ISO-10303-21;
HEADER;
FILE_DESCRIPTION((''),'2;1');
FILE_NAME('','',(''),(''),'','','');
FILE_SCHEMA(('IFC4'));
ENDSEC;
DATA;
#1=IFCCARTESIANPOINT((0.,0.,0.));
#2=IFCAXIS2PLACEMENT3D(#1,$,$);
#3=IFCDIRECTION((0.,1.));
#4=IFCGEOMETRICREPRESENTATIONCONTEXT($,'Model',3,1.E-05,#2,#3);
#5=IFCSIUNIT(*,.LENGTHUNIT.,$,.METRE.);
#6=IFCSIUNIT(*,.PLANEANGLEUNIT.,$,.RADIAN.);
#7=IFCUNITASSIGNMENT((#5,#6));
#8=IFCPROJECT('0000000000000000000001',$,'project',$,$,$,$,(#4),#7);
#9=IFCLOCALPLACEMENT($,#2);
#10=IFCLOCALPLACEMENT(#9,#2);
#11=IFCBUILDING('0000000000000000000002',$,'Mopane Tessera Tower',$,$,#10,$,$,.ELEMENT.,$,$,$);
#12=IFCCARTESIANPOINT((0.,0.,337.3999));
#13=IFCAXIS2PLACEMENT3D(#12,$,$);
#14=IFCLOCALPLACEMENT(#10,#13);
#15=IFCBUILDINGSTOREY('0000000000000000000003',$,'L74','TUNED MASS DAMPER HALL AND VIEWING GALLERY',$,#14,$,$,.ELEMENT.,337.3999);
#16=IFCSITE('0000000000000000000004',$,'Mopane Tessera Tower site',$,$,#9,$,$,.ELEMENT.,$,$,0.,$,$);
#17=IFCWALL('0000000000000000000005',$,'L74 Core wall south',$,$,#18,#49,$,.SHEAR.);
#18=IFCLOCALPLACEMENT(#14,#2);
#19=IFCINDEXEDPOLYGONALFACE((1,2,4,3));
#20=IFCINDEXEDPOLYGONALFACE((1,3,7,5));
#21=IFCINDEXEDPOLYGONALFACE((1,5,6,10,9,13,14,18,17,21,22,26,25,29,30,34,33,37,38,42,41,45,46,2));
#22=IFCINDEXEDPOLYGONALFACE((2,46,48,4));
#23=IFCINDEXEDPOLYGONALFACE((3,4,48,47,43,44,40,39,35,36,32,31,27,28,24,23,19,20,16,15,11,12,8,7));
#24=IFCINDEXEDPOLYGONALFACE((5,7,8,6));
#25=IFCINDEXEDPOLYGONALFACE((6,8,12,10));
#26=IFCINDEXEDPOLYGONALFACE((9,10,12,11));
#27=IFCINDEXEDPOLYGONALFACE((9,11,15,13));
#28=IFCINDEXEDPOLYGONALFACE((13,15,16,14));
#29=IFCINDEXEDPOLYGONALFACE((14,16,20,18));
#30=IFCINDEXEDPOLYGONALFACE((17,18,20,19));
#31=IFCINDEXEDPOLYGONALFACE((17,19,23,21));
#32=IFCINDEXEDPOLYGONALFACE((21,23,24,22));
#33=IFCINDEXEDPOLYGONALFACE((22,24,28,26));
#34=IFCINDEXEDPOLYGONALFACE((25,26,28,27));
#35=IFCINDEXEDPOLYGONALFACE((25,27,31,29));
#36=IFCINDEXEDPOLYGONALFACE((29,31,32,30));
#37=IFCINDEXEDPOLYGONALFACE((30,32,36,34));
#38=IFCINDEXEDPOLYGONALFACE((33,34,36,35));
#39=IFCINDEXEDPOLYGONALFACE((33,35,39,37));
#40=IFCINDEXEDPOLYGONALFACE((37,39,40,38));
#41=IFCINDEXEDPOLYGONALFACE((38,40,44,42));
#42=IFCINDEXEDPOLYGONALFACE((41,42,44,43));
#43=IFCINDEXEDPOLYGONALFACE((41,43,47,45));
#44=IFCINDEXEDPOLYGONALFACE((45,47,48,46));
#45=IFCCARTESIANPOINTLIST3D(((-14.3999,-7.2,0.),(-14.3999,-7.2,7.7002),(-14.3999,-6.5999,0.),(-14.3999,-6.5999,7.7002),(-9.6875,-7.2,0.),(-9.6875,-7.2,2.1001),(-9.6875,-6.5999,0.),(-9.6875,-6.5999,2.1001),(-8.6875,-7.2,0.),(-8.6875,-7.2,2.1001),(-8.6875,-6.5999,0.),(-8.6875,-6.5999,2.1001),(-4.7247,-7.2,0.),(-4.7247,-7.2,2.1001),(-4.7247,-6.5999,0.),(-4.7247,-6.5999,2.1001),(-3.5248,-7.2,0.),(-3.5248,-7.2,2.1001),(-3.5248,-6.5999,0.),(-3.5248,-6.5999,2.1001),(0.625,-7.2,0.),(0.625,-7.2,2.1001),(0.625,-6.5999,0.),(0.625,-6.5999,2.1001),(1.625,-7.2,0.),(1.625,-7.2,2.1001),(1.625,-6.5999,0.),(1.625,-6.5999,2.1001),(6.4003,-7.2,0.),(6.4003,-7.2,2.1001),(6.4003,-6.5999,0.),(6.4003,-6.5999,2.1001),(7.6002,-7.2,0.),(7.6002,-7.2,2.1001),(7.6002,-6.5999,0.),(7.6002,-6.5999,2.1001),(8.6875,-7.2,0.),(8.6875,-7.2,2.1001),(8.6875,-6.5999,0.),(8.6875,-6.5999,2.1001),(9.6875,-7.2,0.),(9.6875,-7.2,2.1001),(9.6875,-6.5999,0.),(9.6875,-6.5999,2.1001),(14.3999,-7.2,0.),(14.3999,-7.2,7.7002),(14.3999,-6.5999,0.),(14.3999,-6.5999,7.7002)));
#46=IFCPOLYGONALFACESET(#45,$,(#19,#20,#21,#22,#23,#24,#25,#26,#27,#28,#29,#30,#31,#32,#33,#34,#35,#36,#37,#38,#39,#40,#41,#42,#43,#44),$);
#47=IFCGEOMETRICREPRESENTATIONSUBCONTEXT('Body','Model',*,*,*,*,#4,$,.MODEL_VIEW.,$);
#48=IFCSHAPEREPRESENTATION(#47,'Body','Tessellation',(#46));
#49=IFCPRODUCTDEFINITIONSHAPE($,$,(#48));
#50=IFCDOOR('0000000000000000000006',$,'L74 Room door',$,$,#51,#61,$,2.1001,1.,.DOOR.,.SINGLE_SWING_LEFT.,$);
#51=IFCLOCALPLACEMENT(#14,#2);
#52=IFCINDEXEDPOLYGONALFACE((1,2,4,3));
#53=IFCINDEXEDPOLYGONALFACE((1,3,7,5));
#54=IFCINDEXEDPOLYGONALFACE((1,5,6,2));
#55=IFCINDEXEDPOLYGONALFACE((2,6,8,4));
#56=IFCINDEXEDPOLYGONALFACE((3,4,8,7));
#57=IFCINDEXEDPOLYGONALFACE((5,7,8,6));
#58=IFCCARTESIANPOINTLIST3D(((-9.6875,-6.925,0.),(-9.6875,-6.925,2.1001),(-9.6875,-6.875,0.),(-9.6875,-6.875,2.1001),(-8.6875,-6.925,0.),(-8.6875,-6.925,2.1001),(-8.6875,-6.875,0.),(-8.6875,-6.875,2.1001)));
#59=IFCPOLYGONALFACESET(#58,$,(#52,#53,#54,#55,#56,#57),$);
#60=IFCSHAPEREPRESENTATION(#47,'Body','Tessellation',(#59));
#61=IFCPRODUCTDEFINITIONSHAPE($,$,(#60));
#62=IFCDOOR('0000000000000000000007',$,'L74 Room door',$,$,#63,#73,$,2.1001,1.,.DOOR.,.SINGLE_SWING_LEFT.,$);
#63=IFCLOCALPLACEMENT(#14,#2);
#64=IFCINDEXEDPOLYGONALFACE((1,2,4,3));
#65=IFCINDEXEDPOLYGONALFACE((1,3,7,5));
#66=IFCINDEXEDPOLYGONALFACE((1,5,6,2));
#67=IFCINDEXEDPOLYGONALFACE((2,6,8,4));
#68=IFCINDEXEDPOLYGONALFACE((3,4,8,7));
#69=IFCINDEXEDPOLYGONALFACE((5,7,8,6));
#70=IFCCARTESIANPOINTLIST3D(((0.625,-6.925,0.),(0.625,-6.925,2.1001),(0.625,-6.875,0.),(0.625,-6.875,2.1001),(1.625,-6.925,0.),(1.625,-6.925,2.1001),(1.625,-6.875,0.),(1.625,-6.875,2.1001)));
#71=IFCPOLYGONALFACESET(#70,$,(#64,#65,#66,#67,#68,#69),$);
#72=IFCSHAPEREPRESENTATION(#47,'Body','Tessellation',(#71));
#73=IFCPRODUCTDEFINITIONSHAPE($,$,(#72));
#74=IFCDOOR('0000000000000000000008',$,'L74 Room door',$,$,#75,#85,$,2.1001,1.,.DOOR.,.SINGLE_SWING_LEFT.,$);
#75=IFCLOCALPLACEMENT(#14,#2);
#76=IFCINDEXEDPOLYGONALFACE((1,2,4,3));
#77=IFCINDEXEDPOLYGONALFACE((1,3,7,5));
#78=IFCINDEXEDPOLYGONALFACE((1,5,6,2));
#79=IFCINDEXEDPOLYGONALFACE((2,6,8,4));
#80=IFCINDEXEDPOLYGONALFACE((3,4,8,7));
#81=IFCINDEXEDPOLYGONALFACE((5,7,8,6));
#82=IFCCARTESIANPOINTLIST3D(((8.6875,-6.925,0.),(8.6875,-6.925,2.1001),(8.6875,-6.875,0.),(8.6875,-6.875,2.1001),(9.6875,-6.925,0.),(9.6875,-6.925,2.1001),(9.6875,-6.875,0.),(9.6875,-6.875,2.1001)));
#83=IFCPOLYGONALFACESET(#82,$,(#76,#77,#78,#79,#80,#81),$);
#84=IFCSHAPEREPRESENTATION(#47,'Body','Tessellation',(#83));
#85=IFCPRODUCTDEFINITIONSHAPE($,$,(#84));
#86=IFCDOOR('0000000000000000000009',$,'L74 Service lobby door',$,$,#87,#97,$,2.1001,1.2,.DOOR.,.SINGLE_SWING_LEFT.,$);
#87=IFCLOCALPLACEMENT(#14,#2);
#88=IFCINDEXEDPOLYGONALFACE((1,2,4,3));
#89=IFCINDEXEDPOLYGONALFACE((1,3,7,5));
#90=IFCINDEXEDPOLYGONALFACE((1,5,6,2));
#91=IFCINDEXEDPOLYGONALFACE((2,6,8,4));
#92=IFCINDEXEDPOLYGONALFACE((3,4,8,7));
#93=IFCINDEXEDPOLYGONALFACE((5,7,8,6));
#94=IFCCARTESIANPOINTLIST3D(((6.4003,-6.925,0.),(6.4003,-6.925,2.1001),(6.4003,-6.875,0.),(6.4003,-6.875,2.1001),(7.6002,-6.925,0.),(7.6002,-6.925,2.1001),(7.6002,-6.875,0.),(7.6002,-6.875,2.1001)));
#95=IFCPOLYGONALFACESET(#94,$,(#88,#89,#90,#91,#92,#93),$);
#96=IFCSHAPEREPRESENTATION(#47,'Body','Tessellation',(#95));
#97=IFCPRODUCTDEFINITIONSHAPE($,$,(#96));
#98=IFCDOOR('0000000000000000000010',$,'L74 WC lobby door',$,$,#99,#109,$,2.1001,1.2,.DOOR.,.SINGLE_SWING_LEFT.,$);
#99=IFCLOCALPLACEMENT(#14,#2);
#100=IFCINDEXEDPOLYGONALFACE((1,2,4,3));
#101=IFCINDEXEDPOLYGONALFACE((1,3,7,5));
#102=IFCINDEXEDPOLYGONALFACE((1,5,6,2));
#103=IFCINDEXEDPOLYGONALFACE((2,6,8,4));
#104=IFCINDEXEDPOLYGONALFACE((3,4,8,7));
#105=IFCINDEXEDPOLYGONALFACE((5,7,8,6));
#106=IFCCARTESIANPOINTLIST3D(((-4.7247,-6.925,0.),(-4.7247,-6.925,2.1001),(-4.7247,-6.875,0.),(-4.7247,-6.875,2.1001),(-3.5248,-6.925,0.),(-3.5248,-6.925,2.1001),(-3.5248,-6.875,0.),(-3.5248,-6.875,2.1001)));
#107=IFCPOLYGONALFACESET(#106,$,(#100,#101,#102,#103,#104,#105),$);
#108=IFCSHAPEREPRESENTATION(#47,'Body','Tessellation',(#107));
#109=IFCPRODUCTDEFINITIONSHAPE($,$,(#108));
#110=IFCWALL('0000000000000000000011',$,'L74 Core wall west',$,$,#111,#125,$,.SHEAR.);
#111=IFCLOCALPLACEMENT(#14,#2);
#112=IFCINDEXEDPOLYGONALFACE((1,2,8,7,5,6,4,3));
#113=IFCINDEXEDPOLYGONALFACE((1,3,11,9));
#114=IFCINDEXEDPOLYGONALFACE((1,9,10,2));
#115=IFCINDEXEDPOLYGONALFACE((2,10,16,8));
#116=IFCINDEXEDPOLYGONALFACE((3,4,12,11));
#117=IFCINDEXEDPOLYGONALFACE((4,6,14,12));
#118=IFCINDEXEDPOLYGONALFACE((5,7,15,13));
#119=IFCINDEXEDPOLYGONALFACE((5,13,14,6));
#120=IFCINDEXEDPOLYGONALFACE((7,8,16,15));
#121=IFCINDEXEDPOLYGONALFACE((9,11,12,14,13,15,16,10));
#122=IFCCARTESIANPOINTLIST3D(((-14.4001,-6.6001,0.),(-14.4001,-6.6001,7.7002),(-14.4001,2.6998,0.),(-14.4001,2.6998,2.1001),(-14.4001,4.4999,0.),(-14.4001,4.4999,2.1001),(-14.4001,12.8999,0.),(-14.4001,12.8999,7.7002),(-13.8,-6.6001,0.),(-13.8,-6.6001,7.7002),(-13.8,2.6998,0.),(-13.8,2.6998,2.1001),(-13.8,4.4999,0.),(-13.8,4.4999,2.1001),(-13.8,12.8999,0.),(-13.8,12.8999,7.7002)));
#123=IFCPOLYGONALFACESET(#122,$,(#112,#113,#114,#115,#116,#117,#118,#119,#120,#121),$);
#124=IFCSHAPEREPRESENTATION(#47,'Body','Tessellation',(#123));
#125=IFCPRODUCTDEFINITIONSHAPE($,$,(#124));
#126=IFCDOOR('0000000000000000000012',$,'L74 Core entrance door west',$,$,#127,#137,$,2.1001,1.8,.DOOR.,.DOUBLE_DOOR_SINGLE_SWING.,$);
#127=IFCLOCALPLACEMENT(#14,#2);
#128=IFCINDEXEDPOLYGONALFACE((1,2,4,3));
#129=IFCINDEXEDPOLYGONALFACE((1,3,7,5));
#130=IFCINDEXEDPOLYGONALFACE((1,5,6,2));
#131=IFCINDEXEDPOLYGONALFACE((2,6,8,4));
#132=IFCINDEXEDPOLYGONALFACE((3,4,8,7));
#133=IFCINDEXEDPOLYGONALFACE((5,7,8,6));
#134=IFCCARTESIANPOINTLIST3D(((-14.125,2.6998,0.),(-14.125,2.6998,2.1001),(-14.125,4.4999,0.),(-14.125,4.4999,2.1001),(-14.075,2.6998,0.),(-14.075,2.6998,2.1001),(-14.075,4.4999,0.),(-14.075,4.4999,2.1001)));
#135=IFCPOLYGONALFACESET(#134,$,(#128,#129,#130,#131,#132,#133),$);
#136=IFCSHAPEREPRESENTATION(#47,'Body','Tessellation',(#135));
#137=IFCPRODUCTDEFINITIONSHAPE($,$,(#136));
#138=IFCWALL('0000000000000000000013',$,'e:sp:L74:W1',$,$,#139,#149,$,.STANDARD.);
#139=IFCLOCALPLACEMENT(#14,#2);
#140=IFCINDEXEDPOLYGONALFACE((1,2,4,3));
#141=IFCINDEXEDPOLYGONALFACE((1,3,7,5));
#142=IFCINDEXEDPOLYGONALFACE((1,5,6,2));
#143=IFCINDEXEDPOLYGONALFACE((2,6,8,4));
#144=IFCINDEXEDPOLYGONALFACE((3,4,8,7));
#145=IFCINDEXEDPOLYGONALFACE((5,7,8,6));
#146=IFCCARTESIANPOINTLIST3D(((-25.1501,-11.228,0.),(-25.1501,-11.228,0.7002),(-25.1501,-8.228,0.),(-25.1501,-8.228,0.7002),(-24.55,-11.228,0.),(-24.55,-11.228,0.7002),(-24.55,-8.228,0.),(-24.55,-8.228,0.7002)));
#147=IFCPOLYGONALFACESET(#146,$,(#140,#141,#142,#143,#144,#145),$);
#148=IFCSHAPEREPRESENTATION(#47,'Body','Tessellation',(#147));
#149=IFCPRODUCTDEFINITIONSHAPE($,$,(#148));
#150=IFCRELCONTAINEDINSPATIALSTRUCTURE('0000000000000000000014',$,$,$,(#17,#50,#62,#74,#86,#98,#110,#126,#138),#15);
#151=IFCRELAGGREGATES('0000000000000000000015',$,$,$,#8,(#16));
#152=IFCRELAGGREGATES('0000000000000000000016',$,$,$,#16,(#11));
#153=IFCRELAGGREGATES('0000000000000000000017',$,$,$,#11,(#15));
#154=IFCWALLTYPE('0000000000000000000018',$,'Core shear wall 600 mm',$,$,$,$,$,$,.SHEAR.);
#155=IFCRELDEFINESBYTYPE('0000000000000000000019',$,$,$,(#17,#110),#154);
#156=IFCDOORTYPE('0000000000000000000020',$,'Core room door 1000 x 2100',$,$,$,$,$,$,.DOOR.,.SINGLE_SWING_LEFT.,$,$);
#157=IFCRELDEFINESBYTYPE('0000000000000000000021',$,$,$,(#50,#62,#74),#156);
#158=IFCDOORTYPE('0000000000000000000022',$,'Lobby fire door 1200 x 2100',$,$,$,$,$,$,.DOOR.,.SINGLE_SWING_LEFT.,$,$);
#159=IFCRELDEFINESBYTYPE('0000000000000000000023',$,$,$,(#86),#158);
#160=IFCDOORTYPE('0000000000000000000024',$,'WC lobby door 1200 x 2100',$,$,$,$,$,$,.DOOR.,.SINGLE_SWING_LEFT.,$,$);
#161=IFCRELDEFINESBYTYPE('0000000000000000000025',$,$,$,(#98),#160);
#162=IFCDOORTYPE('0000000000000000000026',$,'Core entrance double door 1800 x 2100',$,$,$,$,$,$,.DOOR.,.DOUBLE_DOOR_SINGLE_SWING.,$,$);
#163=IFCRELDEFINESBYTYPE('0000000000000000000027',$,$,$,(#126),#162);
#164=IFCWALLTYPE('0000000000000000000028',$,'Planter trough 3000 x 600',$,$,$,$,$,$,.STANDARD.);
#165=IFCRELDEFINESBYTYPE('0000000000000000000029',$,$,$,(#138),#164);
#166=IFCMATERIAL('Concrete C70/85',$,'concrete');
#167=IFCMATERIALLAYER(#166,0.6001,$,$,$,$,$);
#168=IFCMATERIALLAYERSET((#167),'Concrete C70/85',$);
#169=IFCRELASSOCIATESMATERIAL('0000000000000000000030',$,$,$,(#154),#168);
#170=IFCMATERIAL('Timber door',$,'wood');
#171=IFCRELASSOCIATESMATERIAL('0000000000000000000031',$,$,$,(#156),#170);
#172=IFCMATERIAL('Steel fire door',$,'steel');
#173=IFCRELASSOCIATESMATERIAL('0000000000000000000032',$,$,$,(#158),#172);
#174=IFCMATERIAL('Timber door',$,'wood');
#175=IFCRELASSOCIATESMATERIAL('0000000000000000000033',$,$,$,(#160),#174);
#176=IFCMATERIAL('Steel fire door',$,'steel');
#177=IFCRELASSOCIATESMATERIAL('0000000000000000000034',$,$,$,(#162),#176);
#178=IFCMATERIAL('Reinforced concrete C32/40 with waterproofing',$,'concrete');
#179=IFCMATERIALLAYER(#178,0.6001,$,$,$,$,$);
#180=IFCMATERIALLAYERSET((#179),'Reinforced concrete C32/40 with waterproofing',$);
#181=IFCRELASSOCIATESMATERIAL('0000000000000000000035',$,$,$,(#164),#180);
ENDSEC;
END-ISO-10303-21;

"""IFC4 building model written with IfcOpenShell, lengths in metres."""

from ifc_helpers import new_model, si_unit, direction, frame, frame_2d, origin, place, context, subcontext, project, spatial, rectangle, extrude, material, layer, layer_set, type_object, element, fill, save


model = new_model("IFC4")

# Units and contexts
model_context = context("Model", 3, precision=1e-05, world=origin(), true_north=direction((0.0, 1.0)))
body_context = subcontext(model_context, "Body", "Model", "MODEL_VIEW")
ifc_project = project(units=[si_unit("LENGTHUNIT", "METRE"), si_unit("PLANEANGLEUNIT", "RADIAN")], contexts=[model_context])

# Site, building, storey
site_placement = place(None, origin())
site = spatial("IfcSite", under=ifc_project, at=site_placement, Name="Mopane Tessera Tower site", CompositionType="ELEMENT", RefElevation=0.0)
building_placement = place(site_placement, origin())
building = spatial("IfcBuilding", under=site, at=building_placement, Name="Mopane Tessera Tower", CompositionType="ELEMENT")
storey_placement = place(building_placement, frame((0.0, 0.0, 337.3999)))
storey = spatial("IfcBuildingStorey", under=building, at=storey_placement, Name="L74", Description="TUNED MASS DAMPER HALL AND VIEWING GALLERY", CompositionType="ELEMENT", Elevation=337.3999)

# Wall, openings, doors
ifc_material_1 = material(Name="Concrete C70/85", Category="concrete")
ifc_layer_1 = layer(ifc_material_1, 0.6001)
ifc_layer_set_1 = layer_set([ifc_layer_1], Name="Concrete C70/85")
wall_type_1 = type_object("IfcWallType", Name="Core shear wall 600 mm", PredefinedType="SHEAR", material=ifc_layer_set_1)
wall_1_placement = place(storey_placement, frame((-14.3999, -6.8999, 0.0), z_axis=(0.0, 0.0, 1.0), x_axis=(1.0, 0.0, 0.0)))
wall_1 = element("IfcWall", 1, at=wall_1_placement, inside=storey, type_object=wall_type_1, Name="L74 Core wall south", PredefinedType="SHEAR", context=body_context, shape_type="SweptSolid", body=[
    extrude(rectangle(XDim=28.7998, YDim=0.6001, at=frame_2d((14.3999, 0.0))), origin(), (0.0, 0.0, 1.0), 7.7002),
])
opening_1_placement = place(wall_1_placement, frame((4.7124, 0.0, 0.0)))
opening_1 = element("IfcOpeningElement", 2, at=opening_1_placement, cuts=wall_1, PredefinedType="OPENING", context=body_context, shape_type="SweptSolid", body=[
    extrude(rectangle(XDim=1.0, YDim=2.1001, at=frame_2d((0.5, 1.05))), frame((0.0, 0.312, 0.0), z_axis=(0.0, -1.0, 0.0), x_axis=(1.0, 0.0, 0.0)), (0.0, 0.0, 1.0), 0.624),
])
opening_2_placement = place(wall_1_placement, frame((9.675, 0.0, 0.0)))
opening_2 = element("IfcOpeningElement", 3, at=opening_2_placement, cuts=wall_1, PredefinedType="OPENING", context=body_context, shape_type="SweptSolid", body=[
    extrude(rectangle(XDim=1.2, YDim=2.1001, at=frame_2d((0.6001, 1.05))), frame((0.0, 0.312, 0.0), z_axis=(0.0, -1.0, 0.0), x_axis=(1.0, 0.0, 0.0)), (0.0, 0.0, 1.0), 0.624),
])
opening_3_placement = place(wall_1_placement, frame((15.0249, 0.0, 0.0)))
opening_3 = element("IfcOpeningElement", 4, at=opening_3_placement, cuts=wall_1, PredefinedType="OPENING", context=body_context, shape_type="SweptSolid", body=[
    extrude(rectangle(XDim=1.0, YDim=2.1001, at=frame_2d((0.5, 1.05))), frame((0.0, 0.312, 0.0), z_axis=(0.0, -1.0, 0.0), x_axis=(1.0, 0.0, 0.0)), (0.0, 0.0, 1.0), 0.624),
])
opening_4_placement = place(wall_1_placement, frame((20.8, 0.0, 0.0)))
opening_4 = element("IfcOpeningElement", 5, at=opening_4_placement, cuts=wall_1, PredefinedType="OPENING", context=body_context, shape_type="SweptSolid", body=[
    extrude(rectangle(XDim=1.2, YDim=2.1001, at=frame_2d((0.6001, 1.05))), frame((0.0, 0.312, 0.0), z_axis=(0.0, -1.0, 0.0), x_axis=(1.0, 0.0, 0.0)), (0.0, 0.0, 1.0), 0.624),
])
opening_5_placement = place(wall_1_placement, frame((23.0874, 0.0, 0.0)))
opening_5 = element("IfcOpeningElement", 6, at=opening_5_placement, cuts=wall_1, PredefinedType="OPENING", context=body_context, shape_type="SweptSolid", body=[
    extrude(rectangle(XDim=1.0, YDim=2.1001, at=frame_2d((0.5, 1.05))), frame((0.0, 0.312, 0.0), z_axis=(0.0, -1.0, 0.0), x_axis=(1.0, 0.0, 0.0)), (0.0, 0.0, 1.0), 0.624),
])
ifc_material_2 = material(Name="Timber door", Category="wood")
door_type_1 = type_object("IfcDoorType", Name="Core room door 1000 x 2100", OperationType="SINGLE_SWING_LEFT", PredefinedType="DOOR", material=ifc_material_2)
door_1_placement = place(opening_1_placement, origin())
door_1 = element("IfcDoor", 7, at=door_1_placement, inside=storey, type_object=door_type_1, Name="L74 Room door", OperationType="SINGLE_SWING_LEFT", OverallHeight=2.1001, OverallWidth=1.0, PredefinedType="DOOR", context=body_context, shape_type="SweptSolid", body=[
    extrude(rectangle(XDim=1.0, YDim=2.1001, at=frame_2d((0.5, 1.05))), frame((0.0, 0.0249, 0.0), z_axis=(0.0, -1.0, 0.0), x_axis=(1.0, 0.0, 0.0)), (0.0, 0.0, 1.0), 0.05),
])
fill(opening_1, door_1)
door_2_placement = place(opening_3_placement, origin())
door_2 = element("IfcDoor", 8, at=door_2_placement, inside=storey, type_object=door_type_1, Name="L74 Room door", OperationType="SINGLE_SWING_LEFT", OverallHeight=2.1001, OverallWidth=1.0, PredefinedType="DOOR", context=body_context, shape_type="SweptSolid", body=[
    extrude(rectangle(XDim=1.0, YDim=2.1001, at=frame_2d((0.5, 1.05))), frame((0.0, 0.0249, 0.0), z_axis=(0.0, -1.0, 0.0), x_axis=(1.0, 0.0, 0.0)), (0.0, 0.0, 1.0), 0.05),
])
fill(opening_3, door_2)
door_3_placement = place(opening_5_placement, origin())
door_3 = element("IfcDoor", 9, at=door_3_placement, inside=storey, type_object=door_type_1, Name="L74 Room door", OperationType="SINGLE_SWING_LEFT", OverallHeight=2.1001, OverallWidth=1.0, PredefinedType="DOOR", context=body_context, shape_type="SweptSolid", body=[
    extrude(rectangle(XDim=1.0, YDim=2.1001, at=frame_2d((0.5, 1.05))), frame((0.0, 0.0249, 0.0), z_axis=(0.0, -1.0, 0.0), x_axis=(1.0, 0.0, 0.0)), (0.0, 0.0, 1.0), 0.05),
])
fill(opening_5, door_3)
ifc_material_3 = material(Name="Steel fire door", Category="steel")
door_type_2 = type_object("IfcDoorType", Name="Lobby fire door 1200 x 2100", OperationType="SINGLE_SWING_LEFT", PredefinedType="DOOR", material=ifc_material_3)
door_4_placement = place(opening_4_placement, origin())
door_4 = element("IfcDoor", 10, at=door_4_placement, inside=storey, type_object=door_type_2, Name="L74 Service lobby door", OperationType="SINGLE_SWING_LEFT", OverallHeight=2.1001, OverallWidth=1.2, PredefinedType="DOOR", context=body_context, shape_type="SweptSolid", body=[
    extrude(rectangle(XDim=1.2, YDim=2.1001, at=frame_2d((0.6001, 1.05))), frame((0.0, 0.0249, 0.0), z_axis=(0.0, -1.0, 0.0), x_axis=(1.0, 0.0, 0.0)), (0.0, 0.0, 1.0), 0.05),
])
fill(opening_4, door_4)
ifc_material_4 = material(Name="Timber door", Category="wood")
door_type_3 = type_object("IfcDoorType", Name="WC lobby door 1200 x 2100", OperationType="SINGLE_SWING_LEFT", PredefinedType="DOOR", material=ifc_material_4)
door_5_placement = place(opening_2_placement, origin())
door_5 = element("IfcDoor", 11, at=door_5_placement, inside=storey, type_object=door_type_3, Name="L74 WC lobby door", OperationType="SINGLE_SWING_LEFT", OverallHeight=2.1001, OverallWidth=1.2, PredefinedType="DOOR", context=body_context, shape_type="SweptSolid", body=[
    extrude(rectangle(XDim=1.2, YDim=2.1001, at=frame_2d((0.6001, 1.05))), frame((0.0, 0.0249, 0.0), z_axis=(0.0, -1.0, 0.0), x_axis=(1.0, 0.0, 0.0)), (0.0, 0.0, 1.0), 0.05),
])
fill(opening_2, door_5)

# Wall, opening, door
wall_2_placement = place(storey_placement, frame((-14.1001, -6.6001, 0.0), z_axis=(0.0, 0.0, 1.0), x_axis=(0.0, 1.0, 0.0)))
wall_2 = element("IfcWall", 12, at=wall_2_placement, inside=storey, type_object=wall_type_1, Name="L74 Core wall west", PredefinedType="SHEAR", context=body_context, shape_type="SweptSolid", body=[
    extrude(rectangle(XDim=19.5, YDim=0.6001, at=frame_2d((9.75, 0.0))), origin(), (0.0, 0.0, 1.0), 7.7002),
])
opening_6_placement = place(wall_2_placement, frame((9.3, 0.0, 0.0)))
opening_6 = element("IfcOpeningElement", 13, at=opening_6_placement, cuts=wall_2, PredefinedType="OPENING", context=body_context, shape_type="SweptSolid", body=[
    extrude(rectangle(XDim=1.8, YDim=2.1001, at=frame_2d((0.8999, 1.05))), frame((0.0, 0.312, 0.0), z_axis=(0.0, -1.0, 0.0), x_axis=(1.0, 0.0, 0.0)), (0.0, 0.0, 1.0), 0.624),
])
ifc_material_5 = material(Name="Steel fire door", Category="steel")
door_type_4 = type_object("IfcDoorType", Name="Core entrance double door 1800 x 2100", OperationType="DOUBLE_DOOR_SINGLE_SWING", PredefinedType="DOOR", material=ifc_material_5)
door_6_placement = place(opening_6_placement, origin())
door_6 = element("IfcDoor", 14, at=door_6_placement, inside=storey, type_object=door_type_4, Name="L74 Core entrance door west", OperationType="DOUBLE_DOOR_SINGLE_SWING", OverallHeight=2.1001, OverallWidth=1.8, PredefinedType="DOOR", context=body_context, shape_type="SweptSolid", body=[
    extrude(rectangle(XDim=1.8, YDim=2.1001, at=frame_2d((0.8999, 1.05))), frame((0.0, 0.0249, 0.0), z_axis=(0.0, -1.0, 0.0), x_axis=(1.0, 0.0, 0.0)), (0.0, 0.0, 1.0), 0.05),
])
fill(opening_6, door_6)

# Wall
ifc_material_6 = material(Name="Reinforced concrete C32/40 with waterproofing", Category="concrete")
ifc_layer_2 = layer(ifc_material_6, 0.6001)
ifc_layer_set_2 = layer_set([ifc_layer_2], Name="Reinforced concrete C32/40 with waterproofing")
wall_type_2 = type_object("IfcWallType", Name="Planter trough 3000 x 600", PredefinedType="STANDARD", material=ifc_layer_set_2)
wall_3_placement = place(storey_placement, frame((-24.8501, -8.228, 0.0), z_axis=(0.0, 0.0, 1.0), x_axis=(0.0, -1.0, 0.0)))
element("IfcWall", 15, at=wall_3_placement, inside=storey, type_object=wall_type_2, Name="e:sp:L74:W1", PredefinedType="STANDARD", context=body_context, shape_type="SweptSolid", body=[
    extrude(rectangle(XDim=3.0, YDim=0.6001, at=frame_2d((1.5, 0.0))), origin(), (0.0, 0.0, 1.0), 0.7002),
])

save(model, "model.ifc")
